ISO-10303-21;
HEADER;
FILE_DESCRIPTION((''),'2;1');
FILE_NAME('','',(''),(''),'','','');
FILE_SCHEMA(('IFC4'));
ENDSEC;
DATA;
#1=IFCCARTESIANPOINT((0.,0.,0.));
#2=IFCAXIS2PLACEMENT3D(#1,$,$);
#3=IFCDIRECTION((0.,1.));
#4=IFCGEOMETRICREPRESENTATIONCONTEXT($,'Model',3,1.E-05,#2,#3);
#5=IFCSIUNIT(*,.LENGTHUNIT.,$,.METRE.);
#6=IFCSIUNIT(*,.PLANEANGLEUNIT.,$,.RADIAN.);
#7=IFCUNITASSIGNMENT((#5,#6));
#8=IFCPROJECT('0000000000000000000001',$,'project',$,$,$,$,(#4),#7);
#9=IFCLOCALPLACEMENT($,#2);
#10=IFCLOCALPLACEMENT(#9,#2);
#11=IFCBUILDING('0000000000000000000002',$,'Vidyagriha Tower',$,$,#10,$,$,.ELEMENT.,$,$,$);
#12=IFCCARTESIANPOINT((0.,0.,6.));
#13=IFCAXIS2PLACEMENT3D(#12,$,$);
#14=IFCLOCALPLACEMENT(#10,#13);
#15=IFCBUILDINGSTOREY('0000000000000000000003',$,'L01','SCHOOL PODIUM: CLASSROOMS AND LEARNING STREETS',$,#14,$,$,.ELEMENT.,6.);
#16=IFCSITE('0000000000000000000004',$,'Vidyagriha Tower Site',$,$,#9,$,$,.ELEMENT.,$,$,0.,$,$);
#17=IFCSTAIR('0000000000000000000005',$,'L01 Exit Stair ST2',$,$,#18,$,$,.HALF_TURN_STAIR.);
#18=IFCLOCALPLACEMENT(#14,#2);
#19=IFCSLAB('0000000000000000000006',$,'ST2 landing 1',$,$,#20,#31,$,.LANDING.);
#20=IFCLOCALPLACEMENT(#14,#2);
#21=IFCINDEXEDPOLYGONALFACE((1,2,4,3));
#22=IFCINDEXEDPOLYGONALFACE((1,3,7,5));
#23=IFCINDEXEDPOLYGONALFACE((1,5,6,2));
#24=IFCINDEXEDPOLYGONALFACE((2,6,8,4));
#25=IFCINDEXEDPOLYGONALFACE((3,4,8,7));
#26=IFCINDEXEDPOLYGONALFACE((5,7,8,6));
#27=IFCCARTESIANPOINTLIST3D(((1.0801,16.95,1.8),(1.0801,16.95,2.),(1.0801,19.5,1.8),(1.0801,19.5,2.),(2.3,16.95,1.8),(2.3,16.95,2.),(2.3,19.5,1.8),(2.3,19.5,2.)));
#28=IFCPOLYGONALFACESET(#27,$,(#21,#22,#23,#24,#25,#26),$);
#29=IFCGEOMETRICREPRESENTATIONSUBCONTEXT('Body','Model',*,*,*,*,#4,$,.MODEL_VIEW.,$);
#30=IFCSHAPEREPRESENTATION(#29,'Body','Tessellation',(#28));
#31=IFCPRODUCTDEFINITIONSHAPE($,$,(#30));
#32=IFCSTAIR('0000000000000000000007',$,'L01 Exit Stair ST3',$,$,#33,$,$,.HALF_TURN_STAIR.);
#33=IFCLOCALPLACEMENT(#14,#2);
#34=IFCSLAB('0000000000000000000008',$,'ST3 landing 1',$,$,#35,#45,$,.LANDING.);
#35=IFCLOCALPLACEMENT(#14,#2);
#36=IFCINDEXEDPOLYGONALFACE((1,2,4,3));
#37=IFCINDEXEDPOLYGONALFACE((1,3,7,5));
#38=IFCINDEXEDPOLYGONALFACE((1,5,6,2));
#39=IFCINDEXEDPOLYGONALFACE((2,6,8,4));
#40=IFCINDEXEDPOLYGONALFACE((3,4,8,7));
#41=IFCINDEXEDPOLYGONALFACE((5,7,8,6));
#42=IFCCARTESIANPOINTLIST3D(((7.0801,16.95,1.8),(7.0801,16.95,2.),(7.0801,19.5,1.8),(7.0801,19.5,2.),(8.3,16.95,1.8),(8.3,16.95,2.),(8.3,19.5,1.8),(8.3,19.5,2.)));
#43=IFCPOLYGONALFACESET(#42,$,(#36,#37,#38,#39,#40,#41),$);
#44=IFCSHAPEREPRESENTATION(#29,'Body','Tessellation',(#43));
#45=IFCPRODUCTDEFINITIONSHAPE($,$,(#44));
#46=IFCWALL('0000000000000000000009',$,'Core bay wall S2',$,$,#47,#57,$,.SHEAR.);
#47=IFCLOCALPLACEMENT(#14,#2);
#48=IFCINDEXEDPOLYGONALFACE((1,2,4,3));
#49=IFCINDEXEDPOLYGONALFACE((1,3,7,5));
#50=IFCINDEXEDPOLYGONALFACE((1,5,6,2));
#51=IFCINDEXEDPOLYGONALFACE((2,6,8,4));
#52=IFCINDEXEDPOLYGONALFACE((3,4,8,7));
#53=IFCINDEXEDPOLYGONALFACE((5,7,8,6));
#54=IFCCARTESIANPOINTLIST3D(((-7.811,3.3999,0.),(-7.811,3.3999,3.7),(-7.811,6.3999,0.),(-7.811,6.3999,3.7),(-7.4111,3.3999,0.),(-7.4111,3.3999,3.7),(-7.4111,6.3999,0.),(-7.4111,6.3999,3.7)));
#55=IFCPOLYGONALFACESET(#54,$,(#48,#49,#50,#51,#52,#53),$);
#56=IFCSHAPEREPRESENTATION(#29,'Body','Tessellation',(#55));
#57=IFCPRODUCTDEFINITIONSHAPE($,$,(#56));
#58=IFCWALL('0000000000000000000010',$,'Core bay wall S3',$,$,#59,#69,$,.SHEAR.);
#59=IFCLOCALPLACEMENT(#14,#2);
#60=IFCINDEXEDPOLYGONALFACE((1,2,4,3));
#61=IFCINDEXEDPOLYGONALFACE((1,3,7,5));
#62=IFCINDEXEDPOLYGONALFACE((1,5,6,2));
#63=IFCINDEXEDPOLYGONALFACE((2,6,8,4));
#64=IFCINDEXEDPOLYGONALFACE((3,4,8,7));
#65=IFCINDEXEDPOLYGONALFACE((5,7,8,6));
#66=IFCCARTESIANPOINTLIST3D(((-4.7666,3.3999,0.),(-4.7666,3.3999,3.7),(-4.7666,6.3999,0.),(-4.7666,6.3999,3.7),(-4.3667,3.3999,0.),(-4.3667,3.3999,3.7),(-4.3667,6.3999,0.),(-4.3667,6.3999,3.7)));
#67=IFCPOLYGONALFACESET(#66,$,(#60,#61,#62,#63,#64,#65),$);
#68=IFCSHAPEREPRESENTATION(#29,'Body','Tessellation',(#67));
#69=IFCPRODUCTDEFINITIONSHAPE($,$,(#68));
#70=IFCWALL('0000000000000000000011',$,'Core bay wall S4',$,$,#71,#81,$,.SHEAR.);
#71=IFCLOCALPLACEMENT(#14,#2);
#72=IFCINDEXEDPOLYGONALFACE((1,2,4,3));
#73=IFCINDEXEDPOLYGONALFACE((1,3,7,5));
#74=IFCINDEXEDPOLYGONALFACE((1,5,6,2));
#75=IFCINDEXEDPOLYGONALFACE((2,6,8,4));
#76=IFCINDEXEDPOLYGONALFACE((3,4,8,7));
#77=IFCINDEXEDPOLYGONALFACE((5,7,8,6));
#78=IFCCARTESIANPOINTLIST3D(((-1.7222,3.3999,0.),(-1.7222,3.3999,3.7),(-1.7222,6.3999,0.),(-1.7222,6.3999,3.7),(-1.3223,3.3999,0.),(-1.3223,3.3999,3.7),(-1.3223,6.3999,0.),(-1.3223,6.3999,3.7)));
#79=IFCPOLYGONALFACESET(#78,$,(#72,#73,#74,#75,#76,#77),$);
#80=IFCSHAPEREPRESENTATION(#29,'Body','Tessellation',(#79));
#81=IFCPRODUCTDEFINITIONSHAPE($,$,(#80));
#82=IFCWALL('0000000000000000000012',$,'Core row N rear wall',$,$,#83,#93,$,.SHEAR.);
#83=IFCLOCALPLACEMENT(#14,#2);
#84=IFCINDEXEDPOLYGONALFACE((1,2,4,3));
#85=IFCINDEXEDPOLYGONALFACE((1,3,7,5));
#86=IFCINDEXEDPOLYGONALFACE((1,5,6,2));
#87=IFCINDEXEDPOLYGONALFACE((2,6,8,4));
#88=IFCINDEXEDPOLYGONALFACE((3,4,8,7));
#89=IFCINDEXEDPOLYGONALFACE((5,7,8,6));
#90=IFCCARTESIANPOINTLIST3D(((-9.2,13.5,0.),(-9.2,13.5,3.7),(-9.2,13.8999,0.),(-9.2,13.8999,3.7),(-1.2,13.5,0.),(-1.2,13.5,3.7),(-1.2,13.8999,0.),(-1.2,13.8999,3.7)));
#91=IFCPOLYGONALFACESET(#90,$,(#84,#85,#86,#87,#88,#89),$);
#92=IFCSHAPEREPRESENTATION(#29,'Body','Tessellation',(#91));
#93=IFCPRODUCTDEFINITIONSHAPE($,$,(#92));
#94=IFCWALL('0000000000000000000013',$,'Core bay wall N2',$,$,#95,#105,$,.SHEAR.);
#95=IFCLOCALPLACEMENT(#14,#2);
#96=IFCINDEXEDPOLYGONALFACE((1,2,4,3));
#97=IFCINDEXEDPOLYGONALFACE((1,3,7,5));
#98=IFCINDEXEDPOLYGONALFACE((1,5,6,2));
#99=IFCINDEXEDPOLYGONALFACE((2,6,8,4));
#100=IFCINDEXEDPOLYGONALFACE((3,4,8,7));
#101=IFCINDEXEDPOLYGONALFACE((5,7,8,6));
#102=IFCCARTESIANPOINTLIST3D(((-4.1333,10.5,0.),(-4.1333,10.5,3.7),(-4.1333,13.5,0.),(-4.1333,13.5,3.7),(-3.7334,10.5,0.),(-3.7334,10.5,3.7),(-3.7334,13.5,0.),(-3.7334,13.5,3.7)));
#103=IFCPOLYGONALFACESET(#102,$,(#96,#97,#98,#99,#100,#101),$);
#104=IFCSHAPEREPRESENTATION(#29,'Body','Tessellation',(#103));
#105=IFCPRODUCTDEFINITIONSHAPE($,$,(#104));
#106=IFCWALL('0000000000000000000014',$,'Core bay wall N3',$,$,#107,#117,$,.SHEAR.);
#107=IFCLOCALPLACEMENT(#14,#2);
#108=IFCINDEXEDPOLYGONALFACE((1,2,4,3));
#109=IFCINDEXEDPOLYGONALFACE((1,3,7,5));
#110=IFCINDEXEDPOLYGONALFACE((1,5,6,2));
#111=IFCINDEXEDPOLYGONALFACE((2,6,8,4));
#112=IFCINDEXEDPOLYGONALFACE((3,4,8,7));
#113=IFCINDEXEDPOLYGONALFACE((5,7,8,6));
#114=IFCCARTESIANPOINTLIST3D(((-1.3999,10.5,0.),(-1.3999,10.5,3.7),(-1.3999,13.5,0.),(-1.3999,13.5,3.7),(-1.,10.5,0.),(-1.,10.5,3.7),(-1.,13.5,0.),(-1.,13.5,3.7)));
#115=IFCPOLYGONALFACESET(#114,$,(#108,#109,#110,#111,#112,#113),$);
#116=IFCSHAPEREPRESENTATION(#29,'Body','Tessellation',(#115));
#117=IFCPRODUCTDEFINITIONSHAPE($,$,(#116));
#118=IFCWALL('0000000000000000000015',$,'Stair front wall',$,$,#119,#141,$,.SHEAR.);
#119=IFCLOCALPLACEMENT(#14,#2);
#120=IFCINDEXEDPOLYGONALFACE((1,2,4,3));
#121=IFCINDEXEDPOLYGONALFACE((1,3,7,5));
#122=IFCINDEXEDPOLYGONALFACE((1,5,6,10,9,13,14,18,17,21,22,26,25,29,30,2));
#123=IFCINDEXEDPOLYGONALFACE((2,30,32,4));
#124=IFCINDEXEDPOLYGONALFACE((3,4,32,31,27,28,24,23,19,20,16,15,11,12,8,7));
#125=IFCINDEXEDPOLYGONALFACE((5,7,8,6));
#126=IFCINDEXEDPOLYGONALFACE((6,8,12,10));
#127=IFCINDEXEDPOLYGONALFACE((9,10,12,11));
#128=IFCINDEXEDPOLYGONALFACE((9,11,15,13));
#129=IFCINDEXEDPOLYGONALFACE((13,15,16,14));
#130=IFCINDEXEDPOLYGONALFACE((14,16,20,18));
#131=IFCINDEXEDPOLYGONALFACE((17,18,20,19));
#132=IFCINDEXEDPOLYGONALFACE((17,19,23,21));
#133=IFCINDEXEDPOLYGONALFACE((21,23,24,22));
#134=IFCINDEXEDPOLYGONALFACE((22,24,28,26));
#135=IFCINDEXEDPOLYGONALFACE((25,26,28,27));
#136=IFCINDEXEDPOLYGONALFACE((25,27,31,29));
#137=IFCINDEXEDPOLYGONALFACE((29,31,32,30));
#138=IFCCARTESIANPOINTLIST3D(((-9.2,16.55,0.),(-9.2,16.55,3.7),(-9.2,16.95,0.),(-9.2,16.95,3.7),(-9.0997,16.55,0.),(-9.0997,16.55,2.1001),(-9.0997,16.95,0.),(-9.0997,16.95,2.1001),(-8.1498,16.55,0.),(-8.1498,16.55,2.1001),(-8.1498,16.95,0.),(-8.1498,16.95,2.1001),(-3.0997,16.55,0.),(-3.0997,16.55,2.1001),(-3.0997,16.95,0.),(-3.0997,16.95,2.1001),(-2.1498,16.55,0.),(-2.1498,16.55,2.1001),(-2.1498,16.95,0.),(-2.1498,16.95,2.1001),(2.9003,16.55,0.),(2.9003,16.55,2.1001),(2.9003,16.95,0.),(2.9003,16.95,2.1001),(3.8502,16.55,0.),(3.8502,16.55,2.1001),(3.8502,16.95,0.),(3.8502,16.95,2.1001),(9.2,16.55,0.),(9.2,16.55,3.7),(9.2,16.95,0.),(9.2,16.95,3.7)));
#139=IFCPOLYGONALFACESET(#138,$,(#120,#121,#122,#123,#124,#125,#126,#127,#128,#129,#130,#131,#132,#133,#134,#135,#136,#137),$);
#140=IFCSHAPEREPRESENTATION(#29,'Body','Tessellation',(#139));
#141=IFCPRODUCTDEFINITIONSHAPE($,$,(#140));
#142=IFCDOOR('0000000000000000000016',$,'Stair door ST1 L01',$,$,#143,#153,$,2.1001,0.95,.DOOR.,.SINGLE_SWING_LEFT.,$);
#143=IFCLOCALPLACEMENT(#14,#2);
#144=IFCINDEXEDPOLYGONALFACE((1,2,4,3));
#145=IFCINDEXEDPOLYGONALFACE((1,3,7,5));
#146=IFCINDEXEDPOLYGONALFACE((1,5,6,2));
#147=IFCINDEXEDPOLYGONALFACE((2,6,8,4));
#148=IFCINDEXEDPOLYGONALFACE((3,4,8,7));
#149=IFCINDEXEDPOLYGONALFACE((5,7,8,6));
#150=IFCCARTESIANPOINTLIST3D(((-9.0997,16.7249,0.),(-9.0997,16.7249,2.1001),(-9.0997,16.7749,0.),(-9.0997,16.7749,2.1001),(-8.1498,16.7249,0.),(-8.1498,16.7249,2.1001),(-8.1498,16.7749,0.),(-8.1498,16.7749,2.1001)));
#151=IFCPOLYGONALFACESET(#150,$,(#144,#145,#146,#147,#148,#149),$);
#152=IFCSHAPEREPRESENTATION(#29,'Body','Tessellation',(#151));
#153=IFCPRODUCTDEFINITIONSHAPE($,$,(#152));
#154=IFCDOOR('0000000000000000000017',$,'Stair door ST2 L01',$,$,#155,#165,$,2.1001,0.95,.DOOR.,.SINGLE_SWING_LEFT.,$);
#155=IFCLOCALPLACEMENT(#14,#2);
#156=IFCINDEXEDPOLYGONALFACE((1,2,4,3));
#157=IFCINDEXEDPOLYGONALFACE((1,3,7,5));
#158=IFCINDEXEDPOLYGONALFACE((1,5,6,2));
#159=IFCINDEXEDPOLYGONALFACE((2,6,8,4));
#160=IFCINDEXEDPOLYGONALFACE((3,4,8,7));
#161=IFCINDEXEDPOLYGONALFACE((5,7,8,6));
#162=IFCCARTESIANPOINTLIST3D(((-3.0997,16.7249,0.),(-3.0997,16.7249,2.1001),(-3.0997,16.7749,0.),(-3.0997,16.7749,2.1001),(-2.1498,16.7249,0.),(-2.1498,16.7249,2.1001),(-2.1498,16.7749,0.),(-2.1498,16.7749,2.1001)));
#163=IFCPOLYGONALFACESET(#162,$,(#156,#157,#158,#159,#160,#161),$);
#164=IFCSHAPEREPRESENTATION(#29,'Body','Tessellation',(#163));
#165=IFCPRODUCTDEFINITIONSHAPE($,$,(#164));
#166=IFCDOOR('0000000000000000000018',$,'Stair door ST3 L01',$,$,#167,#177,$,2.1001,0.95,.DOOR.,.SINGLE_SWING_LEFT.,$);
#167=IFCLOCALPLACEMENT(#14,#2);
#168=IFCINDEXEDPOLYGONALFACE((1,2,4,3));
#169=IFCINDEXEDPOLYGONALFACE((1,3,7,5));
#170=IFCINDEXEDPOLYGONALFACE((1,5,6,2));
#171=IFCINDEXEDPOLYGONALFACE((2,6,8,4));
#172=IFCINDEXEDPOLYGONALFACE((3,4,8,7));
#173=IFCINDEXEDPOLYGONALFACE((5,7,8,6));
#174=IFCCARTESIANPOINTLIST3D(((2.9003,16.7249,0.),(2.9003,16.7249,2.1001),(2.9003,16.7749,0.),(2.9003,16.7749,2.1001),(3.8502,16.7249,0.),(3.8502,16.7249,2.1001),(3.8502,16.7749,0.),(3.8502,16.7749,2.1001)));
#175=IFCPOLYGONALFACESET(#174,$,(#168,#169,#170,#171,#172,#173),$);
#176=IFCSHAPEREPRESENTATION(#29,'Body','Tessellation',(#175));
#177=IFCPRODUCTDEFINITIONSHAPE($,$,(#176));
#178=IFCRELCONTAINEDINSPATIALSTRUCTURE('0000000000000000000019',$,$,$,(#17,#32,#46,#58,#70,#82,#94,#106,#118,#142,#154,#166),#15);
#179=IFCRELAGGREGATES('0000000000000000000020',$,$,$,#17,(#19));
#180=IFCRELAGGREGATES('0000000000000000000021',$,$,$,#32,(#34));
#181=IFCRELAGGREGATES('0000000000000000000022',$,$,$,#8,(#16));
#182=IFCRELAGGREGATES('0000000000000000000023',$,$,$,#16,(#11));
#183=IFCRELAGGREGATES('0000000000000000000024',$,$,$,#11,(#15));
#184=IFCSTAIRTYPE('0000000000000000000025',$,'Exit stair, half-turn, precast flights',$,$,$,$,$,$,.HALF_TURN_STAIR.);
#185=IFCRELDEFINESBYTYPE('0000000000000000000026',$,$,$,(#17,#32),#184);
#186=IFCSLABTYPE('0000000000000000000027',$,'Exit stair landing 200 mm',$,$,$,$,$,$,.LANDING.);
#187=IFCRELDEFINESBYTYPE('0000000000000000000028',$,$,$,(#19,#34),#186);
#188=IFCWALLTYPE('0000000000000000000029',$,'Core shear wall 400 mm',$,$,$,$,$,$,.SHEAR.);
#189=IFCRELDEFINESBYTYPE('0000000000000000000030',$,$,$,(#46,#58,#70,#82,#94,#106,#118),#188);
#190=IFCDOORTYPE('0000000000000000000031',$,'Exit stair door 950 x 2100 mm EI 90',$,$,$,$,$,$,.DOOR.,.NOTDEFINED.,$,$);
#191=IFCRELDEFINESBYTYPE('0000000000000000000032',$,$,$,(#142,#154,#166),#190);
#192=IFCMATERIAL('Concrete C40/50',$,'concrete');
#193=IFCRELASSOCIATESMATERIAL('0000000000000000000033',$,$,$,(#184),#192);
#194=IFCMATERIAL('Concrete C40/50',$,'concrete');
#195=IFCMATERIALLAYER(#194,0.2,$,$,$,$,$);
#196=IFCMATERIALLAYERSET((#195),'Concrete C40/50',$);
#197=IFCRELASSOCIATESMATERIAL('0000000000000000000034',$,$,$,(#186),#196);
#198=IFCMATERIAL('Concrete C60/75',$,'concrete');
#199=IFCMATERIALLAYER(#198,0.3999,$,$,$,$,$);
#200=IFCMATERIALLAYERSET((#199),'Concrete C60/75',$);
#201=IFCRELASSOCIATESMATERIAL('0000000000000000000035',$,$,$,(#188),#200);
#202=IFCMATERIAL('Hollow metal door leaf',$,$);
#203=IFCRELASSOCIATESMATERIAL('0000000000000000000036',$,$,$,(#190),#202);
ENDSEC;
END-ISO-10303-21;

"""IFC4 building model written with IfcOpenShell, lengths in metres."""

from ifc_helpers import new_model, si_unit, direction, frame, frame_2d, origin, place, context, subcontext, project, spatial, polyline, rectangle, outline, extrude, material, layer, layer_set, type_object, element, fill, aggregate, save


model = new_model("IFC4")

# Units and contexts
model_context = context("Model", 3, precision=1e-05, world=origin(), true_north=direction((0.0, 1.0)))
body_context = subcontext(model_context, "Body", "Model", "MODEL_VIEW")
ifc_project = project(units=[si_unit("LENGTHUNIT", "METRE"), si_unit("PLANEANGLEUNIT", "RADIAN")], contexts=[model_context])

# Site, building, storey
site_placement = place(None, origin())
site = spatial("IfcSite", under=ifc_project, at=site_placement, Name="Vidyagriha Tower Site", CompositionType="ELEMENT", RefElevation=0.0)
building_placement = place(site_placement, origin())
building = spatial("IfcBuilding", under=site, at=building_placement, Name="Vidyagriha Tower", CompositionType="ELEMENT")
storey_placement = place(building_placement, frame((0.0, 0.0, 6.0)))
storey = spatial("IfcBuildingStorey", under=building, at=storey_placement, Name="L01", Description="SCHOOL PODIUM: CLASSROOMS AND LEARNING STREETS", CompositionType="ELEMENT", Elevation=6.0)

# Stairs, slabs
ifc_material_1 = material(Name="Concrete C40/50", Category="concrete")
stair_type = type_object("IfcStairType", Name="Exit stair, half-turn, precast flights", PredefinedType="HALF_TURN_STAIR", material=ifc_material_1)
stair_1_placement = place(storey_placement, origin())
stair_1 = element("IfcStair", 1, at=stair_1_placement, inside=storey, type_object=stair_type, Name="L01 Exit Stair ST2", PredefinedType="HALF_TURN_STAIR")
ifc_material_2 = material(Name="Concrete C40/50", Category="concrete")
ifc_layer_1 = layer(ifc_material_2, 0.2)
ifc_layer_set_1 = layer_set([ifc_layer_1], Name="Concrete C40/50")
slab_type = type_object("IfcSlabType", Name="Exit stair landing 200 mm", PredefinedType="LANDING", material=ifc_layer_set_1)
slab_1_placement = place(storey_placement, frame((0.0, 0.0, 1.8)))
slab_1 = element("IfcSlab", 2, at=slab_1_placement, type_object=slab_type, Name="ST2 landing 1", PredefinedType="LANDING", context=body_context, shape_type="SweptSolid", body=[
    extrude(outline(polyline([(1.0801, 16.95), (2.3, 16.95), (2.3, 19.5), (1.0801, 19.5), (1.0801, 16.95)])), origin(), (0.0, 0.0, 1.0), 0.2),
])
aggregate(stair_1, [slab_1])
stair_2_placement = place(storey_placement, origin())
stair_2 = element("IfcStair", 3, at=stair_2_placement, inside=storey, type_object=stair_type, Name="L01 Exit Stair ST3", PredefinedType="HALF_TURN_STAIR")
slab_2_placement = place(storey_placement, frame((0.0, 0.0, 1.8)))
slab_2 = element("IfcSlab", 4, at=slab_2_placement, type_object=slab_type, Name="ST3 landing 1", PredefinedType="LANDING", context=body_context, shape_type="SweptSolid", body=[
    extrude(outline(polyline([(7.0801, 16.95), (8.3, 16.95), (8.3, 19.5), (7.0801, 19.5), (7.0801, 16.95)])), origin(), (0.0, 0.0, 1.0), 0.2),
])
aggregate(stair_2, [slab_2])

# Walls
ifc_material_3 = material(Name="Concrete C60/75", Category="concrete")
ifc_layer_2 = layer(ifc_material_3, 0.3999)
ifc_layer_set_2 = layer_set([ifc_layer_2], Name="Concrete C60/75")
wall_type = type_object("IfcWallType", Name="Core shear wall 400 mm", PredefinedType="SHEAR", material=ifc_layer_set_2)
for number, where, z_axis, x_axis, name in (
    (5, (-7.6111, 3.3999, 0.0), (0.0, 0.0, 1.0), (0.0, 1.0, 0.0), "Core bay wall S2"),
    (6, (-4.5667, 3.3999, 0.0), (0.0, 0.0, 1.0), (0.0, 1.0, 0.0), "Core bay wall S3"),
    (7, (-1.5222, 3.3999, 0.0), (0.0, 0.0, 1.0), (0.0, 1.0, 0.0), "Core bay wall S4"),
):
    element("IfcWall", number, at=place(storey_placement, frame(where, z_axis=z_axis, x_axis=x_axis)), inside=storey, type_object=wall_type, Name=name, PredefinedType="SHEAR", context=body_context, shape_type="SweptSolid", body=[
        extrude(rectangle(XDim=3.0, YDim=0.3999, at=frame_2d((1.5, 0.0))), origin(), (0.0, 0.0, 1.0), 3.7),
    ])
wall_1_placement = place(storey_placement, frame((-9.2, 13.7, 0.0)))
element("IfcWall", 8, at=wall_1_placement, inside=storey, type_object=wall_type, Name="Core row N rear wall", PredefinedType="SHEAR", context=body_context, shape_type="SweptSolid", body=[
    extrude(rectangle(XDim=8.0, YDim=0.3999, at=frame_2d((4.0, 0.0))), origin(), (0.0, 0.0, 1.0), 3.7),
])
for number, where, z_axis, x_axis, name in (
    (9, (-3.9333, 10.5, 0.0), (0.0, 0.0, 1.0), (0.0, 1.0, 0.0), "Core bay wall N2"),
    (10, (-1.2, 10.5, 0.0), (0.0, 0.0, 1.0), (0.0, 1.0, 0.0), "Core bay wall N3"),
):
    element("IfcWall", number, at=place(storey_placement, frame(where, z_axis=z_axis, x_axis=x_axis)), inside=storey, type_object=wall_type, Name=name, PredefinedType="SHEAR", context=body_context, shape_type="SweptSolid", body=[
        extrude(rectangle(XDim=3.0, YDim=0.3999, at=frame_2d((1.5, 0.0))), origin(), (0.0, 0.0, 1.0), 3.7),
    ])

# Wall, openings, doors
wall_2_placement = place(storey_placement, frame((-9.2, 16.75, 0.0)))
wall_2 = element("IfcWall", 11, at=wall_2_placement, inside=storey, type_object=wall_type, Name="Stair front wall", PredefinedType="SHEAR", context=body_context, shape_type="SweptSolid", body=[
    extrude(rectangle(XDim=18.3999, YDim=0.3999, at=frame_2d((9.2, 0.0))), origin(), (0.0, 0.0, 1.0), 3.7),
])
opening_1_placement = place(wall_2_placement, frame((0.1001, 0.0, 0.0)))
opening_1 = element("IfcOpeningElement", 12, at=opening_1_placement, cuts=wall_2, PredefinedType="OPENING", context=body_context, shape_type="SweptSolid", body=[
    extrude(rectangle(XDim=0.95, YDim=2.1001, at=frame_2d((0.4751, 1.05))), frame((0.0, 0.21, 0.0), z_axis=(0.0, -1.0, 0.0), x_axis=(1.0, 0.0, 0.0)), (0.0, 0.0, 1.0), 0.4199),
])
opening_2_placement = place(wall_2_placement, frame((6.1001, 0.0, 0.0)))
opening_2 = element("IfcOpeningElement", 13, at=opening_2_placement, cuts=wall_2, PredefinedType="OPENING", context=body_context, shape_type="SweptSolid", body=[
    extrude(rectangle(XDim=0.95, YDim=2.1001, at=frame_2d((0.4751, 1.05))), frame((0.0, 0.21, 0.0), z_axis=(0.0, -1.0, 0.0), x_axis=(1.0, 0.0, 0.0)), (0.0, 0.0, 1.0), 0.4199),
])
opening_3_placement = place(wall_2_placement, frame((12.1001, 0.0, 0.0)))
opening_3 = element("IfcOpeningElement", 14, at=opening_3_placement, cuts=wall_2, PredefinedType="OPENING", context=body_context, shape_type="SweptSolid", body=[
    extrude(rectangle(XDim=0.95, YDim=2.1001, at=frame_2d((0.4751, 1.05))), frame((0.0, 0.21, 0.0), z_axis=(0.0, -1.0, 0.0), x_axis=(1.0, 0.0, 0.0)), (0.0, 0.0, 1.0), 0.4199),
])
ifc_material_4 = material(Name="Hollow metal door leaf")
door_type = type_object("IfcDoorType", Name="Exit stair door 950 x 2100 mm EI 90", OperationType="NOTDEFINED", PredefinedType="DOOR", material=ifc_material_4)
door_1_placement = place(opening_1_placement, origin())
door_1 = element("IfcDoor", 15, at=door_1_placement, inside=storey, type_object=door_type, Name="Stair door ST1 L01", OperationType="SINGLE_SWING_LEFT", OverallHeight=2.1001, OverallWidth=0.95, PredefinedType="DOOR", context=body_context, shape_type="SweptSolid", body=[
    extrude(rectangle(XDim=0.95, YDim=2.1001, at=frame_2d((0.4751, 1.05))), frame((0.0, 0.0249, 0.0), z_axis=(0.0, -1.0, 0.0), x_axis=(1.0, 0.0, 0.0)), (0.0, 0.0, 1.0), 0.05),
])
fill(opening_1, door_1)
door_2_placement = place(opening_2_placement, origin())
door_2 = element("IfcDoor", 16, at=door_2_placement, inside=storey, type_object=door_type, Name="Stair door ST2 L01", OperationType="SINGLE_SWING_LEFT", OverallHeight=2.1001, OverallWidth=0.95, PredefinedType="DOOR", context=body_context, shape_type="SweptSolid", body=[
    extrude(rectangle(XDim=0.95, YDim=2.1001, at=frame_2d((0.4751, 1.05))), frame((0.0, 0.0249, 0.0), z_axis=(0.0, -1.0, 0.0), x_axis=(1.0, 0.0, 0.0)), (0.0, 0.0, 1.0), 0.05),
])
fill(opening_2, door_2)
door_3_placement = place(opening_3_placement, origin())
door_3 = element("IfcDoor", 17, at=door_3_placement, inside=storey, type_object=door_type, Name="Stair door ST3 L01", OperationType="SINGLE_SWING_LEFT", OverallHeight=2.1001, OverallWidth=0.95, PredefinedType="DOOR", context=body_context, shape_type="SweptSolid", body=[
    extrude(rectangle(XDim=0.95, YDim=2.1001, at=frame_2d((0.4751, 1.05))), frame((0.0, 0.0249, 0.0), z_axis=(0.0, -1.0, 0.0), x_axis=(1.0, 0.0, 0.0)), (0.0, 0.0, 1.0), 0.05),
])
fill(opening_3, door_3)

save(model, "model.ifc")
